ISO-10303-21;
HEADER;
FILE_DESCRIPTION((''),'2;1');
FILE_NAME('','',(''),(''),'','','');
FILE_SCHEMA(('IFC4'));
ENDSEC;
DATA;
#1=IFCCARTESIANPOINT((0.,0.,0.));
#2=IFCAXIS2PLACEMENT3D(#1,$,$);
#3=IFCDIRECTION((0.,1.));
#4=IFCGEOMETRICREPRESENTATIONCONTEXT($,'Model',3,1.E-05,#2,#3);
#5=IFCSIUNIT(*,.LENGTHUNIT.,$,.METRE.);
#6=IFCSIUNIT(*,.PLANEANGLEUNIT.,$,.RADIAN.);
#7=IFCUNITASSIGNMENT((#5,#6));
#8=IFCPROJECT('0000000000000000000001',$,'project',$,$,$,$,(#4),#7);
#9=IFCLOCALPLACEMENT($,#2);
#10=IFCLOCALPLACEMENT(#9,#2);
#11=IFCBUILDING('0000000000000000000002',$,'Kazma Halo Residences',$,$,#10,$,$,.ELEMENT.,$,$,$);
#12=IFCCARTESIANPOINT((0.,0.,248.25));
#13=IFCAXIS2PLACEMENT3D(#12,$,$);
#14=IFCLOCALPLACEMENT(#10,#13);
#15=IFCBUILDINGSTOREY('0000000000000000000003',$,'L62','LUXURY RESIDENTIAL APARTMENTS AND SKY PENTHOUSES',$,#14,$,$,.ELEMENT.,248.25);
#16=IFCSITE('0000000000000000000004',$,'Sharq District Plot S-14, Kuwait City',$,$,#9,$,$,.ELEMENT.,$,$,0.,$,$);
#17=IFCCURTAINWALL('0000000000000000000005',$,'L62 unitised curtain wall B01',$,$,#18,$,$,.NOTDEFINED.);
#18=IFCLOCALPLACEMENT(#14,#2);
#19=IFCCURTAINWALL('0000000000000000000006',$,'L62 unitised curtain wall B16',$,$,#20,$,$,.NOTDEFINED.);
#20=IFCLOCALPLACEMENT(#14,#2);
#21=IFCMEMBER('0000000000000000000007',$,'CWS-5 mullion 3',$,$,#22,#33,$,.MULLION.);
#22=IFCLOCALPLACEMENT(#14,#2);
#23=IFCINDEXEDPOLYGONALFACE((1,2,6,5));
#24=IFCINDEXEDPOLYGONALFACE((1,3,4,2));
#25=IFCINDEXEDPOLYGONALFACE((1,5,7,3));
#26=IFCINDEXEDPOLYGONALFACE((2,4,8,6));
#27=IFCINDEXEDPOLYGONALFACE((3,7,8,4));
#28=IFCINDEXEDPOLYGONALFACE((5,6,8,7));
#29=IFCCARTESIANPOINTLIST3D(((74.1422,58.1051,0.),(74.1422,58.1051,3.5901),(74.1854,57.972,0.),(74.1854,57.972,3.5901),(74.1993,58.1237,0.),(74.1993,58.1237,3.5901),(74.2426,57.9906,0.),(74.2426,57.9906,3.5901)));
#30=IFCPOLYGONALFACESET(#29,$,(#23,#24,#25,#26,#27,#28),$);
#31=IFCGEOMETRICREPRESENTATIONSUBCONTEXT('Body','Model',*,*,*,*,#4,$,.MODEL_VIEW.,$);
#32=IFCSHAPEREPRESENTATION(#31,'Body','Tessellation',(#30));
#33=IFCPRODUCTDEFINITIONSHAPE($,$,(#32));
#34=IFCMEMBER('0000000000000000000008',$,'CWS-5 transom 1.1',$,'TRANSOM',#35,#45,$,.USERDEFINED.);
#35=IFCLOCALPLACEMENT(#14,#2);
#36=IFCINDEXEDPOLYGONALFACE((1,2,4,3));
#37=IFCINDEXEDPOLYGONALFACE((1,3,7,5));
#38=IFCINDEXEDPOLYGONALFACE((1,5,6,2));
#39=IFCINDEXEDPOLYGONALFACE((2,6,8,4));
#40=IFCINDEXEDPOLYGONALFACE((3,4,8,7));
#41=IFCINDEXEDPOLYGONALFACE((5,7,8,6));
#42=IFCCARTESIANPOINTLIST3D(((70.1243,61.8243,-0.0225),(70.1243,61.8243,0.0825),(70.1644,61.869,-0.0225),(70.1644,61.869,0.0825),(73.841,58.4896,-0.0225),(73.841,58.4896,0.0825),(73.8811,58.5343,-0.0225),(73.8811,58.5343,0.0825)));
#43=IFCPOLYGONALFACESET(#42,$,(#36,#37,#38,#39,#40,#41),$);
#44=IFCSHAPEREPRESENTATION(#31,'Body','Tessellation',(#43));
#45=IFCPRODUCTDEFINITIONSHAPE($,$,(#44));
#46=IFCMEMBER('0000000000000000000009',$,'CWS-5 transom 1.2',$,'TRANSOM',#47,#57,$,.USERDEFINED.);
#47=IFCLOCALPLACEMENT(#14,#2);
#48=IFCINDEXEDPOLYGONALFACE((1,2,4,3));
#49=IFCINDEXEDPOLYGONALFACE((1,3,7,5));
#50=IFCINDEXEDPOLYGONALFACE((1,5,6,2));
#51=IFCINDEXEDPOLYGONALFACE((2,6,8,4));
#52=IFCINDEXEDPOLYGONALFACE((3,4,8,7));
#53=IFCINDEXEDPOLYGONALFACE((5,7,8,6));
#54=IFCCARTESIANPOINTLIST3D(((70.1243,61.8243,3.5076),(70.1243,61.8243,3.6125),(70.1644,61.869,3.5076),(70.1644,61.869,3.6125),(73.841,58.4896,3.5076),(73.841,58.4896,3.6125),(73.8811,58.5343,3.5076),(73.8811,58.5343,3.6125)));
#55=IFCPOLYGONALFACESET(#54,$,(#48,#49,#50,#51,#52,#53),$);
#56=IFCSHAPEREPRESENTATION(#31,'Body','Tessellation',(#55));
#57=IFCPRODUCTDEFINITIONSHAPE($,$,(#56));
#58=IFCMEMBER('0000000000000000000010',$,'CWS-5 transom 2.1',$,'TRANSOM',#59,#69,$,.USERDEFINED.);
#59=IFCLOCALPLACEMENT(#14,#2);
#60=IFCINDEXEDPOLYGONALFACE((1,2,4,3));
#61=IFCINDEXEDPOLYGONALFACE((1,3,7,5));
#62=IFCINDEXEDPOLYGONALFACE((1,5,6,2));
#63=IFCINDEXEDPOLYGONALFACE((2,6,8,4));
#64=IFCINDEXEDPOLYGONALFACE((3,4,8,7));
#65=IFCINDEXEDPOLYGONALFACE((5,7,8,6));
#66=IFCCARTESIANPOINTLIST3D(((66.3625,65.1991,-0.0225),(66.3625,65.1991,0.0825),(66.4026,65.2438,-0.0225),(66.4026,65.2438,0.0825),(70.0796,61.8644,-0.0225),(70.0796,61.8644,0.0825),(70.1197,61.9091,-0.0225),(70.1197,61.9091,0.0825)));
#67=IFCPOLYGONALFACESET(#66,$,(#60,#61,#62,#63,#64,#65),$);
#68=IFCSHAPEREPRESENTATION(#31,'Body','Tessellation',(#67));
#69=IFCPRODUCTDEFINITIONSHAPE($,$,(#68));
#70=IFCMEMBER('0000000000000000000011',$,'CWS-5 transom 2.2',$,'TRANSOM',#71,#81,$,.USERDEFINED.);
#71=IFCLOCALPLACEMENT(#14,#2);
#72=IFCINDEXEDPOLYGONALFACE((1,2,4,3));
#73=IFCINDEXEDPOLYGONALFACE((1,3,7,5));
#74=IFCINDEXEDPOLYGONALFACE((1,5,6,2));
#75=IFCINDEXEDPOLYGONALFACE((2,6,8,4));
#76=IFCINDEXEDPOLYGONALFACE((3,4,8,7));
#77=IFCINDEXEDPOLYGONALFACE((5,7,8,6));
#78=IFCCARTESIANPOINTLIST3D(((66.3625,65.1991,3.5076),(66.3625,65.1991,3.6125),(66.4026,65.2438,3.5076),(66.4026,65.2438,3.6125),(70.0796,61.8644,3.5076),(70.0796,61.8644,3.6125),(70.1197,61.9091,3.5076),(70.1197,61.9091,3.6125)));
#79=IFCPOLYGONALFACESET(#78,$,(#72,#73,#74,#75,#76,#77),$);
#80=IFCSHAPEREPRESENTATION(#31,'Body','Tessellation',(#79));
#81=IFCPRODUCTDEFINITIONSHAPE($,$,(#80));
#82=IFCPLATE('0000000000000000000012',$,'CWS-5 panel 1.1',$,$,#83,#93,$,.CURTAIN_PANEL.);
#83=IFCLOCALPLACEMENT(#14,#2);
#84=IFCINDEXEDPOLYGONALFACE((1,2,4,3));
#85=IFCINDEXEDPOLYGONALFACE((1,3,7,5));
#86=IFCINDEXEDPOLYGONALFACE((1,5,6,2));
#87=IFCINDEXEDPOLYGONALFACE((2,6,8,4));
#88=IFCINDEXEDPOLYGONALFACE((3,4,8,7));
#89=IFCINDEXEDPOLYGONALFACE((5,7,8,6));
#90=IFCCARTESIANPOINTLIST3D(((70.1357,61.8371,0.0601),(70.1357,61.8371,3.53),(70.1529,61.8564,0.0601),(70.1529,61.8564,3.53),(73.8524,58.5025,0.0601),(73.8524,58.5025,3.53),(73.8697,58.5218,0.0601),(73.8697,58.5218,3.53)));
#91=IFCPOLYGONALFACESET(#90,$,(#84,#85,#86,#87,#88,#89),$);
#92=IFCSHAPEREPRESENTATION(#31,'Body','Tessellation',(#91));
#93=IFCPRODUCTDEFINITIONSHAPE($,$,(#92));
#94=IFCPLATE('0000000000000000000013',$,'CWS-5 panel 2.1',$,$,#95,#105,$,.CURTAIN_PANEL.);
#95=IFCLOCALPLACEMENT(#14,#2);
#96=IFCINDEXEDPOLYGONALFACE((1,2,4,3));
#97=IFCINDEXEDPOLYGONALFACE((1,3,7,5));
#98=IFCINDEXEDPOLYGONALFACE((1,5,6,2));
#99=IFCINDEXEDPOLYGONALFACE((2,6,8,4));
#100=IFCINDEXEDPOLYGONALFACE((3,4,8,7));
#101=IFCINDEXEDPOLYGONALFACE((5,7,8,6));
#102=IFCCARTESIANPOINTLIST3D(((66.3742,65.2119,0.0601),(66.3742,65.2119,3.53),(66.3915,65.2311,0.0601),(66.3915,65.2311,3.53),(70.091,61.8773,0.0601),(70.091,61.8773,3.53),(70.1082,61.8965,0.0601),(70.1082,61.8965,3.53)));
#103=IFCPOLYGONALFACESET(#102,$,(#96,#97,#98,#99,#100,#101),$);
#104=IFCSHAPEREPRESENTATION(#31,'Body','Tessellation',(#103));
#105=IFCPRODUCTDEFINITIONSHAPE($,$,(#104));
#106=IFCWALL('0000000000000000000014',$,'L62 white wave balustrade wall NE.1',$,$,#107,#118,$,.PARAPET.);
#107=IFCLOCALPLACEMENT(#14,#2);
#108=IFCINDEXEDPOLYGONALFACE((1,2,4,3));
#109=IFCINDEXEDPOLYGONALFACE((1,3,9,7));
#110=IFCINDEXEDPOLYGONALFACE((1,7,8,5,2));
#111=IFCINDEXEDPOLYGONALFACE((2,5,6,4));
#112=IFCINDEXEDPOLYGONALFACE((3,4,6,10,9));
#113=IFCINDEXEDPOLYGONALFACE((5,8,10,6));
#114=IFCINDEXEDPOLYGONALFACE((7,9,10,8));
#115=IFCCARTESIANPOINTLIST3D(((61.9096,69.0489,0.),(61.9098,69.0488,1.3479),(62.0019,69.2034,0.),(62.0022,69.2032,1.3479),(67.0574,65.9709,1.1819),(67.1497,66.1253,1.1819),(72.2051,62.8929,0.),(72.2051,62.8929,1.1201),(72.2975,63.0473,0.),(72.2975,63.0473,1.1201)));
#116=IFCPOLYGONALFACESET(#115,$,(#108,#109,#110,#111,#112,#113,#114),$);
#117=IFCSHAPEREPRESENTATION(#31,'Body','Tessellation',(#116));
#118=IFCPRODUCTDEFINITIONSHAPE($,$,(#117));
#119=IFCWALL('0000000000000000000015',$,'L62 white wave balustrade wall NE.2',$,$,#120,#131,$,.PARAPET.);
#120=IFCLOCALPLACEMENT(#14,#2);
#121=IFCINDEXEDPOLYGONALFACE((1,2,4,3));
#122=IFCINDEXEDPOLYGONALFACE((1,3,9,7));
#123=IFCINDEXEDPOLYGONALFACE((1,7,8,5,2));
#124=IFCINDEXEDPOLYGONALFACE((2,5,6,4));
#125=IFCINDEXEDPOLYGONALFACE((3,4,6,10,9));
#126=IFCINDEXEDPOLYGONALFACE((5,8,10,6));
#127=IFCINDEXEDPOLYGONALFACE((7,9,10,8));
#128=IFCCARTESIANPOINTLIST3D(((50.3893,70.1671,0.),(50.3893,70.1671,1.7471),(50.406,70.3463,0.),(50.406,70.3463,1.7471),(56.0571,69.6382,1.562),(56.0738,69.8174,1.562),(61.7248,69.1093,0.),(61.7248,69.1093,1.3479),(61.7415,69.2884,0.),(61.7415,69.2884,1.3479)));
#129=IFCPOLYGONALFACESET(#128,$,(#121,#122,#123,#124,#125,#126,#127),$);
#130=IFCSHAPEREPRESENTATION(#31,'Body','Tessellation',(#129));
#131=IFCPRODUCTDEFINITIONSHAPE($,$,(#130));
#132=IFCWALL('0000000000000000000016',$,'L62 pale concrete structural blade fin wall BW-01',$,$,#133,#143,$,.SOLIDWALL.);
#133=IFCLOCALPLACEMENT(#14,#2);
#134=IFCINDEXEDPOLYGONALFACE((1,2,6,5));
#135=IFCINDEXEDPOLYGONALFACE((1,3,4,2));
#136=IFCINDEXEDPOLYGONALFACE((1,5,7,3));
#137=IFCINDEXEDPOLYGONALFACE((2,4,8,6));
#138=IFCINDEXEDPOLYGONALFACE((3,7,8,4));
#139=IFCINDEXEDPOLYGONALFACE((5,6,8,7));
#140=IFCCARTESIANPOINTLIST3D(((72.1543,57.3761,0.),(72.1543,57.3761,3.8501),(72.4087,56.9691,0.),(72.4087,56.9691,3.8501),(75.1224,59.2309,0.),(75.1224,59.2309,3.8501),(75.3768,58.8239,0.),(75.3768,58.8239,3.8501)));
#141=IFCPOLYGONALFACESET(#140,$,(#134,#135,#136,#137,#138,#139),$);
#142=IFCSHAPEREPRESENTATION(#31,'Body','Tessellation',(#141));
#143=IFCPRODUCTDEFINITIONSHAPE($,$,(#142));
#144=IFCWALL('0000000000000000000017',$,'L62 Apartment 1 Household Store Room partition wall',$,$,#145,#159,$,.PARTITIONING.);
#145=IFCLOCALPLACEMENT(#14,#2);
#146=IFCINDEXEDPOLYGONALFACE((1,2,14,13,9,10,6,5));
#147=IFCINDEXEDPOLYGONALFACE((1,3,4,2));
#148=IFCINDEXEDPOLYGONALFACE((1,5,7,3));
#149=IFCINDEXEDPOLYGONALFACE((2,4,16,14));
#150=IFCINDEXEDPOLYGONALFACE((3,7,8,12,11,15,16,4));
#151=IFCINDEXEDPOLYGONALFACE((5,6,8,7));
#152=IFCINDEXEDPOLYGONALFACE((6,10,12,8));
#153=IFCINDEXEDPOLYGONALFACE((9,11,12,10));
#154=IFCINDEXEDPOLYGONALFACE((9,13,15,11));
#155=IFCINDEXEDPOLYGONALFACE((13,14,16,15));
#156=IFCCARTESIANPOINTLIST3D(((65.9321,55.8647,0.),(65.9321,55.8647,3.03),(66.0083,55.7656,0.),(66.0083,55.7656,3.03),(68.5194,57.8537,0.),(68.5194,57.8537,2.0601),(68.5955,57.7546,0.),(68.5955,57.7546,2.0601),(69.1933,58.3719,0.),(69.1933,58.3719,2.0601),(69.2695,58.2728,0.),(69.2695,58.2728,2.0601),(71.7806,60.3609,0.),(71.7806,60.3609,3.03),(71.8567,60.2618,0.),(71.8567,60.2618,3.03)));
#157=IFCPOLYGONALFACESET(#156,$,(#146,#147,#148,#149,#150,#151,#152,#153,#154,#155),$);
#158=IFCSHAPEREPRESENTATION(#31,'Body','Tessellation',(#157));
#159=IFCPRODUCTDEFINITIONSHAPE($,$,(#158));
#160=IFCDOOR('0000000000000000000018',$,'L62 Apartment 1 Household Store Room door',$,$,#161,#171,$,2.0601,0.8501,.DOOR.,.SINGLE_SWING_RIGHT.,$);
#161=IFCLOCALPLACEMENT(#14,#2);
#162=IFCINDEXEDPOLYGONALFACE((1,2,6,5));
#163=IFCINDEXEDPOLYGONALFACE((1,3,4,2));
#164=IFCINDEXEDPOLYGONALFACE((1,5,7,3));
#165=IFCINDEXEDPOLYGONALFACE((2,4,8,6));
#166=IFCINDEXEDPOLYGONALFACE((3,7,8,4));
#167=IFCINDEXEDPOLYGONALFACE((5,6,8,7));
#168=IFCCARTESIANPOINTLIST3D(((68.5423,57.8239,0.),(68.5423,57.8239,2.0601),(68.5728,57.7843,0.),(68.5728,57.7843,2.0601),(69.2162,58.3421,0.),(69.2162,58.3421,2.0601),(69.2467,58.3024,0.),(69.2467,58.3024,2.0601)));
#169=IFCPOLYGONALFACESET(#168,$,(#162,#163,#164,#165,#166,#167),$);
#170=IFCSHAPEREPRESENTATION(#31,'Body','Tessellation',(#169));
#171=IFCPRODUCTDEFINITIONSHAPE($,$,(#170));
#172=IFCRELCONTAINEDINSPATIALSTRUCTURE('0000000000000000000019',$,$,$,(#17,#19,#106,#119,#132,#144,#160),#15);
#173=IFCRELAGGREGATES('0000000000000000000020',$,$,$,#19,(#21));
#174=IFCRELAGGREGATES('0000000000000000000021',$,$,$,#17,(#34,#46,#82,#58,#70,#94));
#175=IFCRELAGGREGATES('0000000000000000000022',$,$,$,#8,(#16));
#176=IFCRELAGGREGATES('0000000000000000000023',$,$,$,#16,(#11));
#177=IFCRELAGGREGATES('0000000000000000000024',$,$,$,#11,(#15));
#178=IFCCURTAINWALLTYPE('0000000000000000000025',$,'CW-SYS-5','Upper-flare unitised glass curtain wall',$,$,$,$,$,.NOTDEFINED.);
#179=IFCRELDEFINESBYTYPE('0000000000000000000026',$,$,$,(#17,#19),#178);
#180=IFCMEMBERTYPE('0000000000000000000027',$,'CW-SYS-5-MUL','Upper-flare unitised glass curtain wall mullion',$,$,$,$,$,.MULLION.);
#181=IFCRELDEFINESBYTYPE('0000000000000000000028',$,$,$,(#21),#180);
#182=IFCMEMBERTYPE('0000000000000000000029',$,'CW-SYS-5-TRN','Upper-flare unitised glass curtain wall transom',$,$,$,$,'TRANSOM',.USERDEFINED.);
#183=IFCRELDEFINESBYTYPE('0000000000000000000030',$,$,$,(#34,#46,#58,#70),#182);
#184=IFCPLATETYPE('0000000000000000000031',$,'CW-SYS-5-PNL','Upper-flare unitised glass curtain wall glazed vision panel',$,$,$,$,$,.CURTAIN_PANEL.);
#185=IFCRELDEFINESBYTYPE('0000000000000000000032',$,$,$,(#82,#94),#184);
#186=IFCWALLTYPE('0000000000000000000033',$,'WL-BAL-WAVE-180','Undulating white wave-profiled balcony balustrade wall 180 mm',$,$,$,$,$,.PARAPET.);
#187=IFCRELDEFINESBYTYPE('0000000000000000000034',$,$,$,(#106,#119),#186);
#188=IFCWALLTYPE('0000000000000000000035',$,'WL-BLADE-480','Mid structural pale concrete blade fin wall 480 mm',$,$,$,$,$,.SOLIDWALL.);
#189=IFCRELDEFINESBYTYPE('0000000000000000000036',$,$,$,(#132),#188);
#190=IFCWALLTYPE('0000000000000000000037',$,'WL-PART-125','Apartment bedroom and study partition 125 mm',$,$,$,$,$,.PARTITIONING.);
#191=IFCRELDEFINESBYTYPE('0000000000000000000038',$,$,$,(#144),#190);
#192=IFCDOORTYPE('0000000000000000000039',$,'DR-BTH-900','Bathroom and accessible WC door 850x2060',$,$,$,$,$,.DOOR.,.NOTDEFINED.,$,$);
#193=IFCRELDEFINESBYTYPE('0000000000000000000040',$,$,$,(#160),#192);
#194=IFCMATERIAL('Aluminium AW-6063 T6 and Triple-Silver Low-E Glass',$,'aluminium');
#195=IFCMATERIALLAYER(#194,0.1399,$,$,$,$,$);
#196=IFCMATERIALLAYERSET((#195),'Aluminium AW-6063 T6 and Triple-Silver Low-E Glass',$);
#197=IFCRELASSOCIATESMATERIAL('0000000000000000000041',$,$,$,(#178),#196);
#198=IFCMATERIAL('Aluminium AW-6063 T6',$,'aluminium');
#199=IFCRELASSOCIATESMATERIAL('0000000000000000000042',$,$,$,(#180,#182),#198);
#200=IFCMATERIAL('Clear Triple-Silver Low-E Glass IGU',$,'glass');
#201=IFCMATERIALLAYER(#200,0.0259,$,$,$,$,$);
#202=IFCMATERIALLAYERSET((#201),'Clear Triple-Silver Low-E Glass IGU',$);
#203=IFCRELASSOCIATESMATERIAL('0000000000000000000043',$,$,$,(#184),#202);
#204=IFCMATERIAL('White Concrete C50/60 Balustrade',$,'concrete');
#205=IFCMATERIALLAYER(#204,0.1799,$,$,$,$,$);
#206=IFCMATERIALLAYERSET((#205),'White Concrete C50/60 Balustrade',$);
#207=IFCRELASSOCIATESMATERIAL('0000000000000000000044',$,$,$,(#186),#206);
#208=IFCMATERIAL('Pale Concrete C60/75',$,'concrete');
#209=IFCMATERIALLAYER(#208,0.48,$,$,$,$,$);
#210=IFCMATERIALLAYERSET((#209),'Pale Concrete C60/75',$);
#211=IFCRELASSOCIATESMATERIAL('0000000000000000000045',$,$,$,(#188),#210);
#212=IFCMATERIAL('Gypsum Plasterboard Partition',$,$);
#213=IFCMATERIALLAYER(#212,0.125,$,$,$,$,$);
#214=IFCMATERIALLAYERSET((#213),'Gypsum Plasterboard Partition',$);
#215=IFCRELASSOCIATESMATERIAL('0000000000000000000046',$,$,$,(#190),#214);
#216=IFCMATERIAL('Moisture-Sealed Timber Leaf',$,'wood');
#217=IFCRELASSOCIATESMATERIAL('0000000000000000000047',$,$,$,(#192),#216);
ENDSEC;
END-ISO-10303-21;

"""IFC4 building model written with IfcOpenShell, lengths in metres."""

from ifc_helpers import new_model, si_unit, direction, frame, frame_2d, origin, origin_2d, place, context, subcontext, project, spatial, polyline, rectangle, outline, extrude, material, layer, layer_set, material_profile, profile_set, type_object, element, fill, aggregate, save


model = new_model("IFC4")

# Units and contexts
model_context = context("Model", 3, precision=1e-05, world=origin(), true_north=direction((0.0, 1.0)))
body_context = subcontext(model_context, "Body", "Model", "MODEL_VIEW")
ifc_project = project(units=[si_unit("LENGTHUNIT", "METRE"), si_unit("PLANEANGLEUNIT", "RADIAN")], contexts=[model_context])

# Site, building, storey
site_placement = place(None, origin())
site = spatial("IfcSite", under=ifc_project, at=site_placement, Name="Sharq District Plot S-14, Kuwait City", CompositionType="ELEMENT", RefElevation=0.0)
building_placement = place(site_placement, origin())
building = spatial("IfcBuilding", under=site, at=building_placement, Name="Kazma Halo Residences", CompositionType="ELEMENT")
storey_placement = place(building_placement, frame((0.0, 0.0, 248.25)))
storey = spatial("IfcBuildingStorey", under=building, at=storey_placement, Name="L62", Description="LUXURY RESIDENTIAL APARTMENTS AND SKY PENTHOUSES", CompositionType="ELEMENT", Elevation=248.25)

# Curtain wall
ifc_material_1 = material(Name="Aluminium AW-6063 T6 and Triple-Silver Low-E Glass", Category="aluminium")
ifc_layer_1 = layer(ifc_material_1, 0.1399)
ifc_layer_set_1 = layer_set([ifc_layer_1], Name="Aluminium AW-6063 T6 and Triple-Silver Low-E Glass")
curtain_wall_type = type_object("IfcCurtainWallType", Name="CW-SYS-5", Description="Upper-flare unitised glass curtain wall", PredefinedType="NOTDEFINED", material=ifc_layer_set_1)
curtain_wall_1_placement = place(storey_placement, origin())
curtain_wall_1 = element("IfcCurtainWall", 1, at=curtain_wall_1_placement, inside=storey, type_object=curtain_wall_type, Name="L62 unitised curtain wall B01", PredefinedType="NOTDEFINED")
ifc_material_2 = material(Name="Aluminium AW-6063 T6", Category="aluminium")
ifc_material_profile_1 = material_profile(ifc_material_2, rectangle(XDim=0.0601, YDim=0.1399, at=origin_2d()), Name="CWM-60x140")
ifc_profile_set_1 = profile_set([ifc_material_profile_1], Name="Aluminium AW-6063 T6")
member_type_1 = type_object("IfcMemberType", Name="CW-SYS-5-MUL", Description="Upper-flare unitised glass curtain wall mullion", PredefinedType="MULLION", material=ifc_profile_set_1)

# Curtain wall, member
curtain_wall_2_placement = place(storey_placement, origin())
curtain_wall_2 = element("IfcCurtainWall", 2, at=curtain_wall_2_placement, inside=storey, type_object=curtain_wall_type, Name="L62 unitised curtain wall B16", PredefinedType="NOTDEFINED")
member_1_placement = place(storey_placement, frame((74.1924, 58.0479, 0.0), z_axis=(0.0, 0.0, 1.0), x_axis=(-0.951058, -0.309011, 0.0)))
member_1 = element("IfcMember", 3, at=member_1_placement, type_object=member_type_1, Name="CWS-5 mullion 3", PredefinedType="MULLION", context=body_context, shape_type="SweptSolid", body=[
    extrude(rectangle(XDim=0.0601, YDim=0.1399, at=origin_2d()), origin(), (0.0, 0.0, 1.0), 3.5901),
])
aggregate(curtain_wall_2, [member_1])

# Members
ifc_material_profile_2 = material_profile(ifc_material_2, rectangle(XDim=0.0601, YDim=0.105, at=origin_2d()), Name="CWT-60x105")
ifc_profile_set_2 = profile_set([ifc_material_profile_2], Name="Aluminium AW-6063 T6")
member_type_2 = type_object("IfcMemberType", Name="CW-SYS-5-TRN", Description="Upper-flare unitised glass curtain wall transom", ElementType="TRANSOM", PredefinedType="USERDEFINED", material=ifc_profile_set_2)
member_2_placement = place(storey_placement, frame((73.8611, 58.512, 0.03), z_axis=(-0.744329, 0.667813, 0.0), x_axis=(-0.667813, -0.744329, 0.0)))
member_2 = element("IfcMember", 4, at=member_2_placement, type_object=member_type_2, Name="CWS-5 transom 1.1", ObjectType="TRANSOM", PredefinedType="USERDEFINED", context=body_context, shape_type="SweptSolid", body=[
    extrude(rectangle(XDim=0.0601, YDim=0.105, at=origin_2d()), origin(), (0.0, 0.0, 1.0), 4.9934),
])
member_3_placement = place(storey_placement, frame((73.8611, 58.512, 3.5601), z_axis=(-0.744329, 0.667813, 0.0), x_axis=(-0.667813, -0.744329, 0.0)))
member_3 = element("IfcMember", 5, at=member_3_placement, type_object=member_type_2, Name="CWS-5 transom 1.2", ObjectType="TRANSOM", PredefinedType="USERDEFINED", context=body_context, shape_type="SweptSolid", body=[
    extrude(rectangle(XDim=0.0601, YDim=0.105, at=origin_2d()), origin(), (0.0, 0.0, 1.0), 4.9934),
])
member_4_placement = place(storey_placement, frame((70.0996, 61.8867, 0.03), z_axis=(-0.744351, 0.667789, 0.0), x_axis=(-0.667789, -0.744351, 0.0)))
member_4 = element("IfcMember", 6, at=member_4_placement, type_object=member_type_2, Name="CWS-5 transom 2.1", ObjectType="TRANSOM", PredefinedType="USERDEFINED", context=body_context, shape_type="SweptSolid", body=[
    extrude(rectangle(XDim=0.0601, YDim=0.105, at=origin_2d()), origin(), (0.0, 0.0, 1.0), 4.9937),
])
member_5_placement = place(storey_placement, frame((70.0996, 61.8867, 3.5601), z_axis=(-0.744351, 0.667789, 0.0), x_axis=(-0.667789, -0.744351, 0.0)))
member_5 = element("IfcMember", 7, at=member_5_placement, type_object=member_type_2, Name="CWS-5 transom 2.2", ObjectType="TRANSOM", PredefinedType="USERDEFINED", context=body_context, shape_type="SweptSolid", body=[
    extrude(rectangle(XDim=0.0601, YDim=0.105, at=origin_2d()), origin(), (0.0, 0.0, 1.0), 4.9937),
])

# Plates
ifc_material_3 = material(Name="Clear Triple-Silver Low-E Glass IGU", Category="glass")
ifc_layer_2 = layer(ifc_material_3, 0.0259)
ifc_layer_set_2 = layer_set([ifc_layer_2], Name="Clear Triple-Silver Low-E Glass IGU")
plate_type = type_object("IfcPlateType", Name="CW-SYS-5-PNL", Description="Upper-flare unitised glass curtain wall glazed vision panel", PredefinedType="CURTAIN_PANEL", material=ifc_layer_set_2)
plate_1_placement = place(storey_placement, frame((72.0027, 60.1794, 0.0601), z_axis=(0.0, 0.0, 1.0), x_axis=(-0.744336, 0.667805, 0.0)))
plate_1 = element("IfcPlate", 8, at=plate_1_placement, type_object=plate_type, Name="CWS-5 panel 1.1", PredefinedType="CURTAIN_PANEL", context=body_context, shape_type="SweptSolid", body=[
    extrude(rectangle(XDim=4.9934, YDim=0.0259, at=origin_2d()), origin(), (0.0, 0.0, 1.0), 3.47),
])
plate_2_placement = place(storey_placement, frame((68.2412, 63.5542, 0.0601), z_axis=(0.0, 0.0, 1.0), x_axis=(-0.744336, 0.667805, 0.0)))
plate_2 = element("IfcPlate", 9, at=plate_2_placement, type_object=plate_type, Name="CWS-5 panel 2.1", PredefinedType="CURTAIN_PANEL", context=body_context, shape_type="SweptSolid", body=[
    extrude(rectangle(XDim=4.9934, YDim=0.0259, at=origin_2d()), origin(), (0.0, 0.0, 1.0), 3.47),
])
aggregate(curtain_wall_1, [member_2, member_3, plate_1, member_4, member_5, plate_2])

# Walls
ifc_material_4 = material(Name="White Concrete C50/60 Balustrade", Category="concrete")
ifc_layer_3 = layer(ifc_material_4, 0.1799)
ifc_layer_set_3 = layer_set([ifc_layer_3], Name="White Concrete C50/60 Balustrade")
wall_type_1 = type_object("IfcWallType", Name="WL-BAL-WAVE-180", Description="Undulating white wave-profiled balcony balustrade wall 180 mm", PredefinedType="PARAPET", material=ifc_layer_set_3)
wall_1_placement = place(storey_placement, frame((72.2512, 62.97, 0.0), z_axis=(0.0, 0.0, 1.0), x_axis=(-0.858273, 0.513193, 0.0)))
element("IfcWall", 10, at=wall_1_placement, inside=storey, type_object=wall_type_1, Name="L62 white wave balustrade wall NE.1", PredefinedType="PARAPET", context=body_context, shape_type="SweptSolid", body=[
    extrude(outline(polyline([(0.0, 0.0), (11.9956, 0.0), (11.9954, 1.3479), (5.9978, 1.1819), (0.0, 1.1201), (0.0, 0.0)])), frame((0.0, 0.0898, 0.0), z_axis=(0.0, -1.0, 0.0), x_axis=(1.0, 0.0, 0.0)), (0.0, 0.0, 1.0), 0.1799),
])
wall_2_placement = place(storey_placement, frame((61.7332, 69.1987, 0.0), z_axis=(0.0, 0.0, 1.0), x_axis=(-0.995674, 0.09292, 0.0)))
element("IfcWall", 11, at=wall_2_placement, inside=storey, type_object=wall_type_1, Name="L62 white wave balustrade wall NE.2", PredefinedType="PARAPET", context=body_context, shape_type="SweptSolid", body=[
    extrude(outline(polyline([(0.0, 0.0), (11.3848, 0.0), (11.3848, 1.7471), (5.6924, 1.562), (0.0, 1.3479), (0.0, 0.0)])), frame((0.0, 0.0898, 0.0), z_axis=(0.0, -1.0, 0.0), x_axis=(1.0, 0.0, 0.0)), (0.0, 0.0, 1.0), 0.1799),
])
ifc_material_5 = material(Name="Pale Concrete C60/75", Category="concrete")
ifc_layer_4 = layer(ifc_material_5, 0.48)
ifc_layer_set_4 = layer_set([ifc_layer_4], Name="Pale Concrete C60/75")
wall_type_2 = type_object("IfcWallType", Name="WL-BLADE-480", Description="Mid structural pale concrete blade fin wall 480 mm", PredefinedType="SOLIDWALL", material=ifc_layer_set_4)
wall_3_placement = place(storey_placement, frame((72.2815, 57.1726, 0.0), z_axis=(0.0, 0.0, 1.0), x_axis=(0.848034, 0.529943, 0.0)))
element("IfcWall", 12, at=wall_3_placement, inside=storey, type_object=wall_type_2, Name="L62 pale concrete structural blade fin wall BW-01", PredefinedType="SOLIDWALL", context=body_context, shape_type="SweptSolid", body=[
    extrude(rectangle(XDim=3.5, YDim=0.48, at=frame_2d((1.75, 0.0))), origin(), (0.0, 0.0, 1.0), 3.8501),
])

# Wall, opening, door
ifc_material_6 = material(Name="Gypsum Plasterboard Partition")
ifc_layer_5 = layer(ifc_material_6, 0.125)
ifc_layer_set_5 = layer_set([ifc_layer_5], Name="Gypsum Plasterboard Partition")
wall_type_3 = type_object("IfcWallType", Name="WL-PART-125", Description="Apartment bedroom and study partition 125 mm", PredefinedType="PARTITIONING", material=ifc_layer_set_5)
wall_4_placement = place(storey_placement, frame((65.9702, 55.8152, 0.0), z_axis=(0.0, 0.0, 1.0), x_axis=(0.792799, 0.609484, 0.0)))
wall_4 = element("IfcWall", 13, at=wall_4_placement, inside=storey, type_object=wall_type_3, Name="L62 Apartment 1 Household Store Room partition wall", PredefinedType="PARTITIONING", context=body_context, shape_type="SweptSolid", body=[
    extrude(rectangle(XDim=7.377, YDim=0.125, at=frame_2d((3.6885, 0.0))), origin(), (0.0, 0.0, 1.0), 3.03),
])
opening_1_placement = place(wall_4_placement, frame((3.2634, 0.0, 0.0)))
opening_1 = element("IfcOpeningElement", 14, at=opening_1_placement, cuts=wall_4, PredefinedType="OPENING", context=body_context, shape_type="SweptSolid", body=[
    extrude(rectangle(XDim=0.8501, YDim=2.0601, at=frame_2d((0.425, 1.03))), frame((0.0, 0.0725, 0.0), z_axis=(0.0, -1.0, 0.0), x_axis=(1.0, 0.0, 0.0)), (0.0, 0.0, 1.0), 0.145),
])
ifc_material_7 = material(Name="Moisture-Sealed Timber Leaf", Category="wood")
door_type_1 = type_object("IfcDoorType", Name="DR-BTH-900", Description="Bathroom and accessible WC door 850x2060", OperationType="NOTDEFINED", PredefinedType="DOOR", material=ifc_material_7)
door_1_placement = place(opening_1_placement, origin())
door_1 = element("IfcDoor", 15, at=door_1_placement, inside=storey, type_object=door_type_1, Name="L62 Apartment 1 Household Store Room door", OperationType="SINGLE_SWING_RIGHT", OverallHeight=2.0601, OverallWidth=0.8501, PredefinedType="DOOR", context=body_context, shape_type="SweptSolid", body=[
    extrude(rectangle(XDim=0.8501, YDim=2.0601, at=frame_2d((0.425, 1.03))), frame((0.0, 0.0249, 0.0), z_axis=(0.0, -1.0, 0.0), x_axis=(1.0, 0.0, 0.0)), (0.0, 0.0, 1.0), 0.05),
])
fill(opening_1, door_1)

save(model, "model.ifc")
